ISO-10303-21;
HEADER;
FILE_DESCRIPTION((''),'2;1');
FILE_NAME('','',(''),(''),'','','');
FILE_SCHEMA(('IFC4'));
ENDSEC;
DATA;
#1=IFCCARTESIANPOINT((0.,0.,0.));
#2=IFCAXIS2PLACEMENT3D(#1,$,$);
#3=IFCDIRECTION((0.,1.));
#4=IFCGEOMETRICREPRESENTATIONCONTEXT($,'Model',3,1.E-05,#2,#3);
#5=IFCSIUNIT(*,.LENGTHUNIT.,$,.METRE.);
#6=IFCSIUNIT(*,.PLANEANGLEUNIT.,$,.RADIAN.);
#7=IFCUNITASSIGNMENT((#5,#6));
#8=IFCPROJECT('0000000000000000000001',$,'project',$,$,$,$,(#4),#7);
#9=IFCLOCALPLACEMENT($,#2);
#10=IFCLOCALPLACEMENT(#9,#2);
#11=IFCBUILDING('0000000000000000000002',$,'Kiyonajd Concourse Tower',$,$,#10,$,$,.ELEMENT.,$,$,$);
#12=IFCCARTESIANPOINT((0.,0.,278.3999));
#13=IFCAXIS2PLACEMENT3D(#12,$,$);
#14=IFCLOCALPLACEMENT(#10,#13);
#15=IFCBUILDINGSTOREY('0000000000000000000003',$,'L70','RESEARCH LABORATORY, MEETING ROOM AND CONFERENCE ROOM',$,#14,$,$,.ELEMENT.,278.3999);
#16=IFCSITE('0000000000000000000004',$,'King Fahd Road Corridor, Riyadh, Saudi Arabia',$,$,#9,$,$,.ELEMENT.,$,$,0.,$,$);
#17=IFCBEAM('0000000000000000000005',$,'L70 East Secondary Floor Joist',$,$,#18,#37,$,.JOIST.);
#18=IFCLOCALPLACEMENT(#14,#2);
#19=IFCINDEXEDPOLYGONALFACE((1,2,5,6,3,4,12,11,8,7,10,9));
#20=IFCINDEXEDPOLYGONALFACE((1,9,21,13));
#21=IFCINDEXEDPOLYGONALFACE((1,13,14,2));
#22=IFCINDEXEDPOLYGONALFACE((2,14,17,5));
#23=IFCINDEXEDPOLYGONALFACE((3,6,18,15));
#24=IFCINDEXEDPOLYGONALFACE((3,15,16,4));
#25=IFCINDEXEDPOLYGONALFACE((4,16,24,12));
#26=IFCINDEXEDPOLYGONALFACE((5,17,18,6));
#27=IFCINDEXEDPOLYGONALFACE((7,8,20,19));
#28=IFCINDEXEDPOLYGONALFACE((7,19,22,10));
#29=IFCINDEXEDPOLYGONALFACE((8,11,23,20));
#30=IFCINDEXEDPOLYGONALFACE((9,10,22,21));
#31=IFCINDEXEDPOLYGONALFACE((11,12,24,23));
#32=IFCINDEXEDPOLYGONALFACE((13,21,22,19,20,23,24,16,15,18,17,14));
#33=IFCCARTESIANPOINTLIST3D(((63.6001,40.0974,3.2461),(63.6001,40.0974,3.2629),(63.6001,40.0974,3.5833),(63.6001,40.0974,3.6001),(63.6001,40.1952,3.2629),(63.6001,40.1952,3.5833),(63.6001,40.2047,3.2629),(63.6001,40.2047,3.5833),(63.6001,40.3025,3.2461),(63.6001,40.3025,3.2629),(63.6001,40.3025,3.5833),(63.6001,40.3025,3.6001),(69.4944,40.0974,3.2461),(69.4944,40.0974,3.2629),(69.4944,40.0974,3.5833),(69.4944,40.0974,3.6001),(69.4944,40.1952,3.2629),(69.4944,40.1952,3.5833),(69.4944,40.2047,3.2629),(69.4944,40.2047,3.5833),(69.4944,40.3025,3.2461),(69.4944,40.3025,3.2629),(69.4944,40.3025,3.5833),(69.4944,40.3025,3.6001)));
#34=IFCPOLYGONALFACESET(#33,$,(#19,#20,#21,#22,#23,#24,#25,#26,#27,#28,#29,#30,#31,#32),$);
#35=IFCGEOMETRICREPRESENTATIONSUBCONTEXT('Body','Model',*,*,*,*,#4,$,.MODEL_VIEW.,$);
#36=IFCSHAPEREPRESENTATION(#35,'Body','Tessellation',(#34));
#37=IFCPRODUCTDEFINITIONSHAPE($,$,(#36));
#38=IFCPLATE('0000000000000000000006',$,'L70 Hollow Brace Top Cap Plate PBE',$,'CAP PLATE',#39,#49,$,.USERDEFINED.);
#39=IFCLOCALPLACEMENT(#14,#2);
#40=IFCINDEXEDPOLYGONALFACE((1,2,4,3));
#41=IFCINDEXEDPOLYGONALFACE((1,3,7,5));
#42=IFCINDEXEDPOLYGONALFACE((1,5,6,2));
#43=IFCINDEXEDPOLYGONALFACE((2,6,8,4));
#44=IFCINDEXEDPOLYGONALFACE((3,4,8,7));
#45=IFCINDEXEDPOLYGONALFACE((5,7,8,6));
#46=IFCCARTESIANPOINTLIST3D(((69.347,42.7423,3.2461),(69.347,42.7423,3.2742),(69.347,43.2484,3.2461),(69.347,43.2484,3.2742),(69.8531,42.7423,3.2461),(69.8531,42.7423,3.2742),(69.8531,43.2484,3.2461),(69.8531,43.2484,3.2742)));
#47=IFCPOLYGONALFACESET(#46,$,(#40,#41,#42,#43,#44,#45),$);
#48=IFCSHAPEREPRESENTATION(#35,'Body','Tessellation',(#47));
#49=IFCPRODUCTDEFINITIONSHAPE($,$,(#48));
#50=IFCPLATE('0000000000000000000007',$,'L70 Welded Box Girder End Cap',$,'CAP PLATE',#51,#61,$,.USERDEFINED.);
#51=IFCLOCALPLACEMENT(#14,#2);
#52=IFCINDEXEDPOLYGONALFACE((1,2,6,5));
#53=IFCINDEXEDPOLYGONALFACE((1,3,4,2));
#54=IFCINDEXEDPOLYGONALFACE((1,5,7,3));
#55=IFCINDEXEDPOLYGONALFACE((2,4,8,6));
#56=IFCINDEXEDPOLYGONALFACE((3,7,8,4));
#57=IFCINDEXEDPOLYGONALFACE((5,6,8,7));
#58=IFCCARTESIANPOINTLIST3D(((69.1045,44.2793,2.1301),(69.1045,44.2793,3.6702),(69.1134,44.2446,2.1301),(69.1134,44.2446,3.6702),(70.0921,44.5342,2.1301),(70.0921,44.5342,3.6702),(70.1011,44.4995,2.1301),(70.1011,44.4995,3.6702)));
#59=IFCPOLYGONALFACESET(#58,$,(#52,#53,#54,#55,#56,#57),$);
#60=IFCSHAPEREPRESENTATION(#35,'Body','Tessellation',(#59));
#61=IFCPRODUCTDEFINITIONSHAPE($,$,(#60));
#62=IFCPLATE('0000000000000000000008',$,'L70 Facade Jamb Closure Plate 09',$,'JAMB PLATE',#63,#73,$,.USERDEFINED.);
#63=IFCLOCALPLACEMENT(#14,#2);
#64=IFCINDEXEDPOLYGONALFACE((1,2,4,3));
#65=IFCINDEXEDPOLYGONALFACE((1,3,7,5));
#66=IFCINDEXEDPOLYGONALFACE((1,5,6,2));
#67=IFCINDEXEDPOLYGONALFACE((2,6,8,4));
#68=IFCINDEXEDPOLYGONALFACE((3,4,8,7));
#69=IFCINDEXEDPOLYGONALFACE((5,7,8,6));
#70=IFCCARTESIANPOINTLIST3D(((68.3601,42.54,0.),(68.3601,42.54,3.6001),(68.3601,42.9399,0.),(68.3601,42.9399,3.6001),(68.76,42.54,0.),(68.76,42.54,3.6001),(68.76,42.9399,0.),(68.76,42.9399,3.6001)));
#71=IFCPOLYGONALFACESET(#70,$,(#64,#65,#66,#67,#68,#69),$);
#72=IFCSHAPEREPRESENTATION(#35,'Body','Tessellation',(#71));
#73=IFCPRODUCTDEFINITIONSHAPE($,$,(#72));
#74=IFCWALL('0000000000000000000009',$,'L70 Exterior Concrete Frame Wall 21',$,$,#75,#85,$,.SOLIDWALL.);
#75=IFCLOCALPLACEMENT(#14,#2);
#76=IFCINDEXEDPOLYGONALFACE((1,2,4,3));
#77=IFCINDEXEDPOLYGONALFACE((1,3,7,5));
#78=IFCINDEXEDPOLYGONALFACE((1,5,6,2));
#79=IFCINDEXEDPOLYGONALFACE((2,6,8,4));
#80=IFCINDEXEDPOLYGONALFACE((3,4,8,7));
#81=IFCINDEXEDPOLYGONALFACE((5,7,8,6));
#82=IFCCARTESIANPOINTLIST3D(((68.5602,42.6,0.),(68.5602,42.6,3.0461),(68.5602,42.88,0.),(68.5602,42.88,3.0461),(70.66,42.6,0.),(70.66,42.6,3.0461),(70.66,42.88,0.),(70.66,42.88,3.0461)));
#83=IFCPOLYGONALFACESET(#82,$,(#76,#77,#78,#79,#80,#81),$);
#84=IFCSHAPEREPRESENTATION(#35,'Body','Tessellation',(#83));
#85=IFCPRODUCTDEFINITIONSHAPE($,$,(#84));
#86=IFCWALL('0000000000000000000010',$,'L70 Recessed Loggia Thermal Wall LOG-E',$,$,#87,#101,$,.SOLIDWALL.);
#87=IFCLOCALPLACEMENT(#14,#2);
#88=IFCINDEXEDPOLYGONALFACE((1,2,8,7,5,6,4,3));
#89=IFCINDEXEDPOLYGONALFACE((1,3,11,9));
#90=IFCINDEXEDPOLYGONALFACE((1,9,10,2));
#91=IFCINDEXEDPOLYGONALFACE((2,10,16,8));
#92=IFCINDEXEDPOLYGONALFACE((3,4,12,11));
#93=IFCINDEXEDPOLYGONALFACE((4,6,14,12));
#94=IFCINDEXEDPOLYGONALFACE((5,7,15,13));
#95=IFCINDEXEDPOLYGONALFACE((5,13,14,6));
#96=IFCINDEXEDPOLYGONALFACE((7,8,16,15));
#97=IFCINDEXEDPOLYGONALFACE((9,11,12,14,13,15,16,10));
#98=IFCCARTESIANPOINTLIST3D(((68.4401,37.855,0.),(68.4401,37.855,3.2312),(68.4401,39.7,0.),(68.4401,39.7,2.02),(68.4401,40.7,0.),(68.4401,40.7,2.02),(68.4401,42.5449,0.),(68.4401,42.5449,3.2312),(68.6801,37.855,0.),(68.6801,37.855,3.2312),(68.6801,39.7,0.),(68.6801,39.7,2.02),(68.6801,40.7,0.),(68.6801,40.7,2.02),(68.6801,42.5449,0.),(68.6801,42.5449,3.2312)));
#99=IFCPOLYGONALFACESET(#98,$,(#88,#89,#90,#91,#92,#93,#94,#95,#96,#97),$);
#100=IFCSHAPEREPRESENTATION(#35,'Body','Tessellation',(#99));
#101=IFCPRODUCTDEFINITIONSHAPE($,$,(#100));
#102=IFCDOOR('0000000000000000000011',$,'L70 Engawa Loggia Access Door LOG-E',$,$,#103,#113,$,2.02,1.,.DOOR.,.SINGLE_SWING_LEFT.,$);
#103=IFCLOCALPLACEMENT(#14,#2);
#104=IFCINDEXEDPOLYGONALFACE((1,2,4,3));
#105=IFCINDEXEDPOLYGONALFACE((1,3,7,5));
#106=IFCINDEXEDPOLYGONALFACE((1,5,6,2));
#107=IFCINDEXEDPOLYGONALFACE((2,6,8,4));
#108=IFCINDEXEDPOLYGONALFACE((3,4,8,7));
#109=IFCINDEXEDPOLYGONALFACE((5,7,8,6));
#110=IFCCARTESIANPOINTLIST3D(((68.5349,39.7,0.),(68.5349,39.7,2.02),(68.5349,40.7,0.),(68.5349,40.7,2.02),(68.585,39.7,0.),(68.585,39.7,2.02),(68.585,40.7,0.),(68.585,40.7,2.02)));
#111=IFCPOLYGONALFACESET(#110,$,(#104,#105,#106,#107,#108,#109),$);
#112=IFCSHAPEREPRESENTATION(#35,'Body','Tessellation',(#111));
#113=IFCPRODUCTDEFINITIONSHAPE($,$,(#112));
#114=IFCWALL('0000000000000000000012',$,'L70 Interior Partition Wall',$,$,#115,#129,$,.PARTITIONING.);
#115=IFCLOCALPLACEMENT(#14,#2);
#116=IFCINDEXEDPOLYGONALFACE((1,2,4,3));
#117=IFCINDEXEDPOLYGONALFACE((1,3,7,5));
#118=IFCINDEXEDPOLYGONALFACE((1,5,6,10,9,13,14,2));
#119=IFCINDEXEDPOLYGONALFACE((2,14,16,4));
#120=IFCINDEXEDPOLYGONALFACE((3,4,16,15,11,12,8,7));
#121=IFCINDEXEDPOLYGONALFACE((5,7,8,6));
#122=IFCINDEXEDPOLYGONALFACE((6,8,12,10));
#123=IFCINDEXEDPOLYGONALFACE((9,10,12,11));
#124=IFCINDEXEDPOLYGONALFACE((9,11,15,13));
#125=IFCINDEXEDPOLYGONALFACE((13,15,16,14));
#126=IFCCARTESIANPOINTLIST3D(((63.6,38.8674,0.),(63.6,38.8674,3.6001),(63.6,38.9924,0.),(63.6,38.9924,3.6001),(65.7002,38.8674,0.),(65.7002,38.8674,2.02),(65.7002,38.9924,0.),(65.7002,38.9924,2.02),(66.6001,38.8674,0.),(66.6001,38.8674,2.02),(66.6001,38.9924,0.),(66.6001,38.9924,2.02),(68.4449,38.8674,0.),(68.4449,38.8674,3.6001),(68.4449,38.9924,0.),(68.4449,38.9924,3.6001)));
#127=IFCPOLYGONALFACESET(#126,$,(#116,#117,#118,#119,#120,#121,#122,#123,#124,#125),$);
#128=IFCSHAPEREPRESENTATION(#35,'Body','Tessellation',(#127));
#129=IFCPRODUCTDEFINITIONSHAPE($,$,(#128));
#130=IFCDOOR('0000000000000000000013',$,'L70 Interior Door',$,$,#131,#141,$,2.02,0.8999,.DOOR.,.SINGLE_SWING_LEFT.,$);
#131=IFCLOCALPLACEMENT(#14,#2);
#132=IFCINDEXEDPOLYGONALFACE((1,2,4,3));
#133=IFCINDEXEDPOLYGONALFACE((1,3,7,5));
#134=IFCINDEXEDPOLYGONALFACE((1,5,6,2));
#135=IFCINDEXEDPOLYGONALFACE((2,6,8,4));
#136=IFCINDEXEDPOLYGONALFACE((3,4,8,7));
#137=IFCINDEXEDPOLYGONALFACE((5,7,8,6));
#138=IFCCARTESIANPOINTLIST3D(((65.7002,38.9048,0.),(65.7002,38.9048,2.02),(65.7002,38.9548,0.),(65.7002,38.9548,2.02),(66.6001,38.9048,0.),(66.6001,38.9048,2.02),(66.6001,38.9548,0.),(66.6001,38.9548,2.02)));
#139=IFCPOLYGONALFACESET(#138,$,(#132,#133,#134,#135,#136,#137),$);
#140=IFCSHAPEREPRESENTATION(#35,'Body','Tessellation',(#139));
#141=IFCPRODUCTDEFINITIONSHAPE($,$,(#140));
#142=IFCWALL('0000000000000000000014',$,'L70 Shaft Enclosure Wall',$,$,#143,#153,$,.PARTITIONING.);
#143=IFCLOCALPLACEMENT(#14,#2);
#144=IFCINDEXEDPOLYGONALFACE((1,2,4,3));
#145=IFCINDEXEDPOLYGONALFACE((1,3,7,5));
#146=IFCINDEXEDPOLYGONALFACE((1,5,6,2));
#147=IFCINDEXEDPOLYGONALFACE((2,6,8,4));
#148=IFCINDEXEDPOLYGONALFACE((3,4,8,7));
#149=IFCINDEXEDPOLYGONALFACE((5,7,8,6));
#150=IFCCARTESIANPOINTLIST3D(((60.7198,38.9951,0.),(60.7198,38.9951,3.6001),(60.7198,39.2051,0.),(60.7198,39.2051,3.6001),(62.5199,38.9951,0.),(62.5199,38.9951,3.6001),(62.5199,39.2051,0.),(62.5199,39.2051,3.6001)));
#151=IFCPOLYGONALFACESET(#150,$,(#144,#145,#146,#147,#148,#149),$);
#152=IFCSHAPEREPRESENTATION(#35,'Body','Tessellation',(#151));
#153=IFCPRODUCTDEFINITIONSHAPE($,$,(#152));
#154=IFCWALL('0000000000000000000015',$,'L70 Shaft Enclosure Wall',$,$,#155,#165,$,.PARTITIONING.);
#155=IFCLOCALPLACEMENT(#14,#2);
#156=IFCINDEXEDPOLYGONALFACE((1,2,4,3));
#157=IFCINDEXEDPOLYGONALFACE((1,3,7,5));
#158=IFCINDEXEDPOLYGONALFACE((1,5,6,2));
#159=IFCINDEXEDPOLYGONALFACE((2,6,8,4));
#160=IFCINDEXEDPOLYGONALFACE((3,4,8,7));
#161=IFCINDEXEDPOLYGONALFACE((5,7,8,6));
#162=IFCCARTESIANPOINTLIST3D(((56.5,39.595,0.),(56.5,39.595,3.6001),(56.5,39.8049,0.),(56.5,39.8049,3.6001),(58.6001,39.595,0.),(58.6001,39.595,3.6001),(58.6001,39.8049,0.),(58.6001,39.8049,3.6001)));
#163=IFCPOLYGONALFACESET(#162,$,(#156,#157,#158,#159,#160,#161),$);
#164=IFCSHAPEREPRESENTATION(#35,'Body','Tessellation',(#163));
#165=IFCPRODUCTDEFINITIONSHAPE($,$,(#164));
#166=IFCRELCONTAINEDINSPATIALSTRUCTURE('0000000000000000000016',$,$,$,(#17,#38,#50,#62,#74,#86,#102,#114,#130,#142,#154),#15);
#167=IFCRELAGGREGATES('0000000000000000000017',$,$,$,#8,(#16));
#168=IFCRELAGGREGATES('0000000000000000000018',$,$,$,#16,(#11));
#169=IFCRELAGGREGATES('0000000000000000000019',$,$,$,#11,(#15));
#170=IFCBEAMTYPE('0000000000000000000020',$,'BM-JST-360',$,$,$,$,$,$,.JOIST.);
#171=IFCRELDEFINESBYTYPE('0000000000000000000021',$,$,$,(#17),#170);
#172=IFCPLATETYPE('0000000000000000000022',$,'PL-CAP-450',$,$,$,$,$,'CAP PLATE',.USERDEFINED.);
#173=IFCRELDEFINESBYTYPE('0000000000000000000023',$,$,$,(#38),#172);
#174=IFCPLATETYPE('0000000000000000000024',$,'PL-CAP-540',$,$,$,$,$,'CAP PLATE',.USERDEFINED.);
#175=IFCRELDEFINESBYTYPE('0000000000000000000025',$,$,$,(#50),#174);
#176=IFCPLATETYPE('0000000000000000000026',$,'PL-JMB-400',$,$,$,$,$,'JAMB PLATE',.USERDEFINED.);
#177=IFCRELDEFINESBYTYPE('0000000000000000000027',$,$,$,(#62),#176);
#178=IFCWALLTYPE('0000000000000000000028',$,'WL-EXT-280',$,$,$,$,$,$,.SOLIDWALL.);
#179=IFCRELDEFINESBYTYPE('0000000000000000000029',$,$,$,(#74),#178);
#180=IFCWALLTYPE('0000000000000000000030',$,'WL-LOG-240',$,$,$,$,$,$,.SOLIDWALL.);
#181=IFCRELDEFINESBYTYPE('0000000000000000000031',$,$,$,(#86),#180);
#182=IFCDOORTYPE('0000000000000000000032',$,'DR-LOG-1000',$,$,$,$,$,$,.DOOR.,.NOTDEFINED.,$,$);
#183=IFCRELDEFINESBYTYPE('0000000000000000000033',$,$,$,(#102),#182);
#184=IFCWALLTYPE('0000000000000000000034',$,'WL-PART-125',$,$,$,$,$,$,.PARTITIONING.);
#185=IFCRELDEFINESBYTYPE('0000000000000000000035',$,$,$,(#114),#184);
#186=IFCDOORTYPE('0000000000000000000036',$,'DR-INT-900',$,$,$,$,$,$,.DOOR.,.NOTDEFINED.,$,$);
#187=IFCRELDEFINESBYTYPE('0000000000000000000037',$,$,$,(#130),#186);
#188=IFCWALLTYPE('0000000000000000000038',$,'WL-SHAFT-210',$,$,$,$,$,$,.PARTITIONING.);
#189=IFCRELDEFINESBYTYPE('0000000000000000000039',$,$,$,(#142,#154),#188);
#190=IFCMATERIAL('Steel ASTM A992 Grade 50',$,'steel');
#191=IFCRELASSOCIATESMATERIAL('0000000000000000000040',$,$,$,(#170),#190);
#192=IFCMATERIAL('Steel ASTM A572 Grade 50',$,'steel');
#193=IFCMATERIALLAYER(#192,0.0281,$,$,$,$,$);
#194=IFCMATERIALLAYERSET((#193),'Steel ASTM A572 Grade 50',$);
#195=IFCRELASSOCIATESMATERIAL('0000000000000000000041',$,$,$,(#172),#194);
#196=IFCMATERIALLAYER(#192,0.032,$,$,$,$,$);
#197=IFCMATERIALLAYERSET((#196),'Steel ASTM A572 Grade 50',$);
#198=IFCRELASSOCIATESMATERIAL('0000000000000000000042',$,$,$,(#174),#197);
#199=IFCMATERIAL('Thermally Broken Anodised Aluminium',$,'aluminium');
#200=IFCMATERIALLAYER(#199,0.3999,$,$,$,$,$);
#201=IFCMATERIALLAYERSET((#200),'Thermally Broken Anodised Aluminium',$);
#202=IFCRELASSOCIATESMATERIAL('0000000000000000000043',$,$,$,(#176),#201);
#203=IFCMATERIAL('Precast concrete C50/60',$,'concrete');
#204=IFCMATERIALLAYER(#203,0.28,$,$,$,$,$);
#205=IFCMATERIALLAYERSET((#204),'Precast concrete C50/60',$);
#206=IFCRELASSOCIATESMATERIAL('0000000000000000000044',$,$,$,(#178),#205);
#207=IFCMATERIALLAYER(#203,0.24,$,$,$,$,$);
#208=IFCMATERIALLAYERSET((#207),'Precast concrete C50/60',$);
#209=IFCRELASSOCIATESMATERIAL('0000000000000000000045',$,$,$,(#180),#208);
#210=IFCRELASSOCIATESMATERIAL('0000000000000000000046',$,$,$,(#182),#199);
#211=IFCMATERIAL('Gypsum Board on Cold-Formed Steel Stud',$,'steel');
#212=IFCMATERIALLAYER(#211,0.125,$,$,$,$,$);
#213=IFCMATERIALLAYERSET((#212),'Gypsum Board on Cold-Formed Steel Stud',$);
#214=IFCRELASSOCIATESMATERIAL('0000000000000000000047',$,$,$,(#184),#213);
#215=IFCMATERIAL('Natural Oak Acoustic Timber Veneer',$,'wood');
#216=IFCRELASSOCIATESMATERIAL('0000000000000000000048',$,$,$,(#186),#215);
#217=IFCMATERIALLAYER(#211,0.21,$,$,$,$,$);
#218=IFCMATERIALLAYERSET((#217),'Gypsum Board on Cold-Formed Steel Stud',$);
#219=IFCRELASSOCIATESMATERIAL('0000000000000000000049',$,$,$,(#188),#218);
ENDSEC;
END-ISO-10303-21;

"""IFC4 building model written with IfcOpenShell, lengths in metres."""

from ifc_helpers import new_model, si_unit, direction, frame, frame_2d, origin, origin_2d, place, context, subcontext, project, spatial, rectangle, i_section, extrude, material, layer, layer_set, material_profile, profile_set, type_object, element, fill, save


model = new_model("IFC4")

# Units and contexts
model_context = context("Model", 3, precision=1e-05, world=origin(), true_north=direction((0.0, 1.0)))
body_context = subcontext(model_context, "Body", "Model", "MODEL_VIEW")
ifc_project = project(units=[si_unit("LENGTHUNIT", "METRE"), si_unit("PLANEANGLEUNIT", "RADIAN")], contexts=[model_context])

# Site, building, storey
site_placement = place(None, origin())
site = spatial("IfcSite", under=ifc_project, at=site_placement, Name="King Fahd Road Corridor, Riyadh, Saudi Arabia", CompositionType="ELEMENT", RefElevation=0.0)
building_placement = place(site_placement, origin())
building = spatial("IfcBuilding", under=site, at=building_placement, Name="Kiyonajd Concourse Tower", CompositionType="ELEMENT")
storey_placement = place(building_placement, frame((0.0, 0.0, 278.3999)))
storey = spatial("IfcBuildingStorey", under=building, at=storey_placement, Name="L70", Description="RESEARCH LABORATORY, MEETING ROOM AND CONFERENCE ROOM", CompositionType="ELEMENT", Elevation=278.3999)

# Beam
ifc_material_1 = material(Name="Steel ASTM A992 Grade 50", Category="steel")
ifc_material_profile = material_profile(ifc_material_1, i_section(OverallWidth=0.2051, OverallDepth=0.354, WebThickness=0.0095, FlangeThickness=0.0168, at=origin_2d()), Name="W360X79")
ifc_profile_set = profile_set([ifc_material_profile], Name="Steel ASTM A992 Grade 50")
beam_type = type_object("IfcBeamType", Name="BM-JST-360", PredefinedType="JOIST", material=ifc_profile_set)
beam_placement = place(storey_placement, frame((63.6001, 40.2, 3.4231), z_axis=(1.0, 0.0, 0.0), x_axis=(0.0, 1.0, 0.0)))
element("IfcBeam", 1, at=beam_placement, inside=storey, type_object=beam_type, Name="L70 East Secondary Floor Joist", PredefinedType="JOIST", context=body_context, shape_type="SweptSolid", body=[
    extrude(i_section(OverallWidth=0.2051, OverallDepth=0.354, WebThickness=0.0095, FlangeThickness=0.0168, at=origin_2d()), origin(), (0.0, 0.0, 1.0), 5.8943),
])

# Plates
ifc_material_2 = material(Name="Steel ASTM A572 Grade 50", Category="steel")
ifc_layer_1 = layer(ifc_material_2, 0.0281)
ifc_layer_set_1 = layer_set([ifc_layer_1], Name="Steel ASTM A572 Grade 50")
plate_type_1 = type_object("IfcPlateType", Name="PL-CAP-450", ElementType="CAP PLATE", PredefinedType="USERDEFINED", material=ifc_layer_set_1)
plate_1_placement = place(storey_placement, frame((69.6001, 42.9954, 3.2461), z_axis=(0.0, 0.0, 1.0), x_axis=(1.0, 0.0, 0.0)))
element("IfcPlate", 2, at=plate_1_placement, inside=storey, type_object=plate_type_1, Name="L70 Hollow Brace Top Cap Plate PBE", ObjectType="CAP PLATE", PredefinedType="USERDEFINED", context=body_context, shape_type="SweptSolid", body=[
    extrude(rectangle(XDim=0.5061, YDim=0.5061, at=origin_2d()), origin(), (0.0, 0.0, 1.0), 0.0281),
])
ifc_layer_2 = layer(ifc_material_2, 0.032)
ifc_layer_set_2 = layer_set([ifc_layer_2], Name="Steel ASTM A572 Grade 50")
plate_type_2 = type_object("IfcPlateType", Name="PL-CAP-540", ElementType="CAP PLATE", PredefinedType="USERDEFINED", material=ifc_layer_set_2)
plate_2_placement = place(storey_placement, frame((69.6028, 44.3894, 2.1301), z_axis=(0.0, 0.0, 1.0), x_axis=(0.249873, -0.968279, 0.0)))
element("IfcPlate", 3, at=plate_2_placement, inside=storey, type_object=plate_type_2, Name="L70 Welded Box Girder End Cap", ObjectType="CAP PLATE", PredefinedType="USERDEFINED", context=body_context, shape_type="SweptSolid", body=[
    extrude(rectangle(XDim=0.0359, YDim=1.02, at=origin_2d()), origin(), (0.0, 0.0, 1.0), 1.54),
])
ifc_material_3 = material(Name="Thermally Broken Anodised Aluminium", Category="aluminium")
ifc_layer_3 = layer(ifc_material_3, 0.3999)
ifc_layer_set_3 = layer_set([ifc_layer_3], Name="Thermally Broken Anodised Aluminium")
plate_type_3 = type_object("IfcPlateType", Name="PL-JMB-400", ElementType="JAMB PLATE", PredefinedType="USERDEFINED", material=ifc_layer_set_3)
plate_3_placement = place(storey_placement, frame((68.5601, 42.74, 0.0), z_axis=(0.0, 0.0, 1.0), x_axis=(1.0, 0.0, 0.0)))
element("IfcPlate", 4, at=plate_3_placement, inside=storey, type_object=plate_type_3, Name="L70 Facade Jamb Closure Plate 09", ObjectType="JAMB PLATE", PredefinedType="USERDEFINED", context=body_context, shape_type="SweptSolid", body=[
    extrude(rectangle(XDim=0.3999, YDim=0.3999, at=origin_2d()), origin(), (0.0, 0.0, 1.0), 3.6001),
])

# Wall
ifc_material_4 = material(Name="Precast concrete C50/60", Category="concrete")
ifc_layer_4 = layer(ifc_material_4, 0.28)
ifc_layer_set_4 = layer_set([ifc_layer_4], Name="Precast concrete C50/60")
wall_type_1 = type_object("IfcWallType", Name="WL-EXT-280", PredefinedType="SOLIDWALL", material=ifc_layer_set_4)
wall_1_placement = place(storey_placement, frame((70.6599, 42.74, 0.0), z_axis=(0.0, 0.0, 1.0), x_axis=(-1.0, 0.0, 0.0)))
element("IfcWall", 5, at=wall_1_placement, inside=storey, type_object=wall_type_1, Name="L70 Exterior Concrete Frame Wall 21", PredefinedType="SOLIDWALL", context=body_context, shape_type="SweptSolid", body=[
    extrude(rectangle(XDim=2.0999, YDim=0.28, at=frame_2d((1.0498, 0.0))), origin(), (0.0, 0.0, 1.0), 3.0461),
])

# Walls, openings, doors
ifc_layer_5 = layer(ifc_material_4, 0.24)
ifc_layer_set_5 = layer_set([ifc_layer_5], Name="Precast concrete C50/60")
wall_type_2 = type_object("IfcWallType", Name="WL-LOG-240", PredefinedType="SOLIDWALL", material=ifc_layer_set_5)
wall_2_placement = place(storey_placement, frame((68.5601, 42.5449, 0.0), z_axis=(0.0, 0.0, 1.0), x_axis=(0.0, -1.0, 0.0)))
wall_2 = element("IfcWall", 6, at=wall_2_placement, inside=storey, type_object=wall_type_2, Name="L70 Recessed Loggia Thermal Wall LOG-E", PredefinedType="SOLIDWALL", context=body_context, shape_type="SweptSolid", body=[
    extrude(rectangle(XDim=4.6899, YDim=0.24, at=frame_2d((2.345, 0.0))), origin(), (0.0, 0.0, 1.0), 3.2312),
])
opening_1_placement = place(wall_2_placement, frame((1.845, 0.0, 0.0)))
opening_1 = element("IfcOpeningElement", 7, at=opening_1_placement, cuts=wall_2, PredefinedType="OPENING", context=body_context, shape_type="SweptSolid", body=[
    extrude(rectangle(XDim=1.0, YDim=2.02, at=frame_2d((0.5, 1.01))), frame((0.0, 0.1299, 0.0), z_axis=(0.0, -1.0, 0.0), x_axis=(1.0, 0.0, 0.0)), (0.0, 0.0, 1.0), 0.26),
])
door_type_1 = type_object("IfcDoorType", Name="DR-LOG-1000", OperationType="NOTDEFINED", PredefinedType="DOOR", material=ifc_material_3)
door_1_placement = place(opening_1_placement, origin())
door_1 = element("IfcDoor", 8, at=door_1_placement, inside=storey, type_object=door_type_1, Name="L70 Engawa Loggia Access Door LOG-E", OperationType="SINGLE_SWING_LEFT", OverallHeight=2.02, OverallWidth=1.0, PredefinedType="DOOR", context=body_context, shape_type="SweptSolid", body=[
    extrude(rectangle(XDim=1.0, YDim=2.02, at=frame_2d((0.5, 1.01))), frame((0.0, 0.0249, 0.0), z_axis=(0.0, -1.0, 0.0), x_axis=(1.0, 0.0, 0.0)), (0.0, 0.0, 1.0), 0.05),
])
fill(opening_1, door_1)
ifc_material_5 = material(Name="Gypsum Board on Cold-Formed Steel Stud", Category="steel")
ifc_layer_6 = layer(ifc_material_5, 0.125)
ifc_layer_set_6 = layer_set([ifc_layer_6], Name="Gypsum Board on Cold-Formed Steel Stud")
wall_type_3 = type_object("IfcWallType", Name="WL-PART-125", PredefinedType="PARTITIONING", material=ifc_layer_set_6)
wall_3_placement = place(storey_placement, frame((63.6001, 38.9299, 0.0), z_axis=(0.0, 0.0, 1.0), x_axis=(1.0, 0.0, 0.0)))
wall_3 = element("IfcWall", 9, at=wall_3_placement, inside=storey, type_object=wall_type_3, Name="L70 Interior Partition Wall", PredefinedType="PARTITIONING", context=body_context, shape_type="SweptSolid", body=[
    extrude(rectangle(XDim=4.845, YDim=0.125, at=frame_2d((2.4224, 0.0))), origin(), (0.0, 0.0, 1.0), 3.6001),
])
opening_2_placement = place(wall_3_placement, frame((2.1001, 0.0, 0.0)))
opening_2 = element("IfcOpeningElement", 10, at=opening_2_placement, cuts=wall_3, PredefinedType="OPENING", context=body_context, shape_type="SweptSolid", body=[
    extrude(rectangle(XDim=0.8999, YDim=2.02, at=frame_2d((0.45, 1.01))), frame((0.0, 0.0725, 0.0), z_axis=(0.0, -1.0, 0.0), x_axis=(1.0, 0.0, 0.0)), (0.0, 0.0, 1.0), 0.145),
])
ifc_material_6 = material(Name="Natural Oak Acoustic Timber Veneer", Category="wood")
door_type_2 = type_object("IfcDoorType", Name="DR-INT-900", OperationType="NOTDEFINED", PredefinedType="DOOR", material=ifc_material_6)
door_2_placement = place(opening_2_placement, origin())
door_2 = element("IfcDoor", 11, at=door_2_placement, inside=storey, type_object=door_type_2, Name="L70 Interior Door", OperationType="SINGLE_SWING_LEFT", OverallHeight=2.02, OverallWidth=0.8999, PredefinedType="DOOR", context=body_context, shape_type="SweptSolid", body=[
    extrude(rectangle(XDim=0.8999, YDim=2.02, at=frame_2d((0.45, 1.01))), frame((0.0, 0.0249, 0.0), z_axis=(0.0, -1.0, 0.0), x_axis=(1.0, 0.0, 0.0)), (0.0, 0.0, 1.0), 0.05),
])
fill(opening_2, door_2)

# Walls
ifc_layer_7 = layer(ifc_material_5, 0.21)
ifc_layer_set_7 = layer_set([ifc_layer_7], Name="Gypsum Board on Cold-Formed Steel Stud")
wall_type_4 = type_object("IfcWallType", Name="WL-SHAFT-210", PredefinedType="PARTITIONING", material=ifc_layer_set_7)
wall_4_placement = place(storey_placement, frame((60.72, 39.1001, 0.0), z_axis=(0.0, 0.0, 1.0), x_axis=(1.0, 0.0, 0.0)))
element("IfcWall", 12, at=wall_4_placement, inside=storey, type_object=wall_type_4, Name="L70 Shaft Enclosure Wall", PredefinedType="PARTITIONING", context=body_context, shape_type="SweptSolid", body=[
    extrude(rectangle(XDim=1.8, YDim=0.21, at=frame_2d((0.8999, 0.0))), origin(), (0.0, 0.0, 1.0), 3.6001),
])
wall_5_placement = place(storey_placement, frame((56.5, 39.7, 0.0), z_axis=(0.0, 0.0, 1.0), x_axis=(1.0, 0.0, 0.0)))
element("IfcWall", 13, at=wall_5_placement, inside=storey, type_object=wall_type_4, Name="L70 Shaft Enclosure Wall", PredefinedType="PARTITIONING", context=body_context, shape_type="SweptSolid", body=[
    extrude(rectangle(XDim=2.1001, YDim=0.21, at=frame_2d((1.05, 0.0))), origin(), (0.0, 0.0, 1.0), 3.6001),
])

save(model, "model.ifc")
